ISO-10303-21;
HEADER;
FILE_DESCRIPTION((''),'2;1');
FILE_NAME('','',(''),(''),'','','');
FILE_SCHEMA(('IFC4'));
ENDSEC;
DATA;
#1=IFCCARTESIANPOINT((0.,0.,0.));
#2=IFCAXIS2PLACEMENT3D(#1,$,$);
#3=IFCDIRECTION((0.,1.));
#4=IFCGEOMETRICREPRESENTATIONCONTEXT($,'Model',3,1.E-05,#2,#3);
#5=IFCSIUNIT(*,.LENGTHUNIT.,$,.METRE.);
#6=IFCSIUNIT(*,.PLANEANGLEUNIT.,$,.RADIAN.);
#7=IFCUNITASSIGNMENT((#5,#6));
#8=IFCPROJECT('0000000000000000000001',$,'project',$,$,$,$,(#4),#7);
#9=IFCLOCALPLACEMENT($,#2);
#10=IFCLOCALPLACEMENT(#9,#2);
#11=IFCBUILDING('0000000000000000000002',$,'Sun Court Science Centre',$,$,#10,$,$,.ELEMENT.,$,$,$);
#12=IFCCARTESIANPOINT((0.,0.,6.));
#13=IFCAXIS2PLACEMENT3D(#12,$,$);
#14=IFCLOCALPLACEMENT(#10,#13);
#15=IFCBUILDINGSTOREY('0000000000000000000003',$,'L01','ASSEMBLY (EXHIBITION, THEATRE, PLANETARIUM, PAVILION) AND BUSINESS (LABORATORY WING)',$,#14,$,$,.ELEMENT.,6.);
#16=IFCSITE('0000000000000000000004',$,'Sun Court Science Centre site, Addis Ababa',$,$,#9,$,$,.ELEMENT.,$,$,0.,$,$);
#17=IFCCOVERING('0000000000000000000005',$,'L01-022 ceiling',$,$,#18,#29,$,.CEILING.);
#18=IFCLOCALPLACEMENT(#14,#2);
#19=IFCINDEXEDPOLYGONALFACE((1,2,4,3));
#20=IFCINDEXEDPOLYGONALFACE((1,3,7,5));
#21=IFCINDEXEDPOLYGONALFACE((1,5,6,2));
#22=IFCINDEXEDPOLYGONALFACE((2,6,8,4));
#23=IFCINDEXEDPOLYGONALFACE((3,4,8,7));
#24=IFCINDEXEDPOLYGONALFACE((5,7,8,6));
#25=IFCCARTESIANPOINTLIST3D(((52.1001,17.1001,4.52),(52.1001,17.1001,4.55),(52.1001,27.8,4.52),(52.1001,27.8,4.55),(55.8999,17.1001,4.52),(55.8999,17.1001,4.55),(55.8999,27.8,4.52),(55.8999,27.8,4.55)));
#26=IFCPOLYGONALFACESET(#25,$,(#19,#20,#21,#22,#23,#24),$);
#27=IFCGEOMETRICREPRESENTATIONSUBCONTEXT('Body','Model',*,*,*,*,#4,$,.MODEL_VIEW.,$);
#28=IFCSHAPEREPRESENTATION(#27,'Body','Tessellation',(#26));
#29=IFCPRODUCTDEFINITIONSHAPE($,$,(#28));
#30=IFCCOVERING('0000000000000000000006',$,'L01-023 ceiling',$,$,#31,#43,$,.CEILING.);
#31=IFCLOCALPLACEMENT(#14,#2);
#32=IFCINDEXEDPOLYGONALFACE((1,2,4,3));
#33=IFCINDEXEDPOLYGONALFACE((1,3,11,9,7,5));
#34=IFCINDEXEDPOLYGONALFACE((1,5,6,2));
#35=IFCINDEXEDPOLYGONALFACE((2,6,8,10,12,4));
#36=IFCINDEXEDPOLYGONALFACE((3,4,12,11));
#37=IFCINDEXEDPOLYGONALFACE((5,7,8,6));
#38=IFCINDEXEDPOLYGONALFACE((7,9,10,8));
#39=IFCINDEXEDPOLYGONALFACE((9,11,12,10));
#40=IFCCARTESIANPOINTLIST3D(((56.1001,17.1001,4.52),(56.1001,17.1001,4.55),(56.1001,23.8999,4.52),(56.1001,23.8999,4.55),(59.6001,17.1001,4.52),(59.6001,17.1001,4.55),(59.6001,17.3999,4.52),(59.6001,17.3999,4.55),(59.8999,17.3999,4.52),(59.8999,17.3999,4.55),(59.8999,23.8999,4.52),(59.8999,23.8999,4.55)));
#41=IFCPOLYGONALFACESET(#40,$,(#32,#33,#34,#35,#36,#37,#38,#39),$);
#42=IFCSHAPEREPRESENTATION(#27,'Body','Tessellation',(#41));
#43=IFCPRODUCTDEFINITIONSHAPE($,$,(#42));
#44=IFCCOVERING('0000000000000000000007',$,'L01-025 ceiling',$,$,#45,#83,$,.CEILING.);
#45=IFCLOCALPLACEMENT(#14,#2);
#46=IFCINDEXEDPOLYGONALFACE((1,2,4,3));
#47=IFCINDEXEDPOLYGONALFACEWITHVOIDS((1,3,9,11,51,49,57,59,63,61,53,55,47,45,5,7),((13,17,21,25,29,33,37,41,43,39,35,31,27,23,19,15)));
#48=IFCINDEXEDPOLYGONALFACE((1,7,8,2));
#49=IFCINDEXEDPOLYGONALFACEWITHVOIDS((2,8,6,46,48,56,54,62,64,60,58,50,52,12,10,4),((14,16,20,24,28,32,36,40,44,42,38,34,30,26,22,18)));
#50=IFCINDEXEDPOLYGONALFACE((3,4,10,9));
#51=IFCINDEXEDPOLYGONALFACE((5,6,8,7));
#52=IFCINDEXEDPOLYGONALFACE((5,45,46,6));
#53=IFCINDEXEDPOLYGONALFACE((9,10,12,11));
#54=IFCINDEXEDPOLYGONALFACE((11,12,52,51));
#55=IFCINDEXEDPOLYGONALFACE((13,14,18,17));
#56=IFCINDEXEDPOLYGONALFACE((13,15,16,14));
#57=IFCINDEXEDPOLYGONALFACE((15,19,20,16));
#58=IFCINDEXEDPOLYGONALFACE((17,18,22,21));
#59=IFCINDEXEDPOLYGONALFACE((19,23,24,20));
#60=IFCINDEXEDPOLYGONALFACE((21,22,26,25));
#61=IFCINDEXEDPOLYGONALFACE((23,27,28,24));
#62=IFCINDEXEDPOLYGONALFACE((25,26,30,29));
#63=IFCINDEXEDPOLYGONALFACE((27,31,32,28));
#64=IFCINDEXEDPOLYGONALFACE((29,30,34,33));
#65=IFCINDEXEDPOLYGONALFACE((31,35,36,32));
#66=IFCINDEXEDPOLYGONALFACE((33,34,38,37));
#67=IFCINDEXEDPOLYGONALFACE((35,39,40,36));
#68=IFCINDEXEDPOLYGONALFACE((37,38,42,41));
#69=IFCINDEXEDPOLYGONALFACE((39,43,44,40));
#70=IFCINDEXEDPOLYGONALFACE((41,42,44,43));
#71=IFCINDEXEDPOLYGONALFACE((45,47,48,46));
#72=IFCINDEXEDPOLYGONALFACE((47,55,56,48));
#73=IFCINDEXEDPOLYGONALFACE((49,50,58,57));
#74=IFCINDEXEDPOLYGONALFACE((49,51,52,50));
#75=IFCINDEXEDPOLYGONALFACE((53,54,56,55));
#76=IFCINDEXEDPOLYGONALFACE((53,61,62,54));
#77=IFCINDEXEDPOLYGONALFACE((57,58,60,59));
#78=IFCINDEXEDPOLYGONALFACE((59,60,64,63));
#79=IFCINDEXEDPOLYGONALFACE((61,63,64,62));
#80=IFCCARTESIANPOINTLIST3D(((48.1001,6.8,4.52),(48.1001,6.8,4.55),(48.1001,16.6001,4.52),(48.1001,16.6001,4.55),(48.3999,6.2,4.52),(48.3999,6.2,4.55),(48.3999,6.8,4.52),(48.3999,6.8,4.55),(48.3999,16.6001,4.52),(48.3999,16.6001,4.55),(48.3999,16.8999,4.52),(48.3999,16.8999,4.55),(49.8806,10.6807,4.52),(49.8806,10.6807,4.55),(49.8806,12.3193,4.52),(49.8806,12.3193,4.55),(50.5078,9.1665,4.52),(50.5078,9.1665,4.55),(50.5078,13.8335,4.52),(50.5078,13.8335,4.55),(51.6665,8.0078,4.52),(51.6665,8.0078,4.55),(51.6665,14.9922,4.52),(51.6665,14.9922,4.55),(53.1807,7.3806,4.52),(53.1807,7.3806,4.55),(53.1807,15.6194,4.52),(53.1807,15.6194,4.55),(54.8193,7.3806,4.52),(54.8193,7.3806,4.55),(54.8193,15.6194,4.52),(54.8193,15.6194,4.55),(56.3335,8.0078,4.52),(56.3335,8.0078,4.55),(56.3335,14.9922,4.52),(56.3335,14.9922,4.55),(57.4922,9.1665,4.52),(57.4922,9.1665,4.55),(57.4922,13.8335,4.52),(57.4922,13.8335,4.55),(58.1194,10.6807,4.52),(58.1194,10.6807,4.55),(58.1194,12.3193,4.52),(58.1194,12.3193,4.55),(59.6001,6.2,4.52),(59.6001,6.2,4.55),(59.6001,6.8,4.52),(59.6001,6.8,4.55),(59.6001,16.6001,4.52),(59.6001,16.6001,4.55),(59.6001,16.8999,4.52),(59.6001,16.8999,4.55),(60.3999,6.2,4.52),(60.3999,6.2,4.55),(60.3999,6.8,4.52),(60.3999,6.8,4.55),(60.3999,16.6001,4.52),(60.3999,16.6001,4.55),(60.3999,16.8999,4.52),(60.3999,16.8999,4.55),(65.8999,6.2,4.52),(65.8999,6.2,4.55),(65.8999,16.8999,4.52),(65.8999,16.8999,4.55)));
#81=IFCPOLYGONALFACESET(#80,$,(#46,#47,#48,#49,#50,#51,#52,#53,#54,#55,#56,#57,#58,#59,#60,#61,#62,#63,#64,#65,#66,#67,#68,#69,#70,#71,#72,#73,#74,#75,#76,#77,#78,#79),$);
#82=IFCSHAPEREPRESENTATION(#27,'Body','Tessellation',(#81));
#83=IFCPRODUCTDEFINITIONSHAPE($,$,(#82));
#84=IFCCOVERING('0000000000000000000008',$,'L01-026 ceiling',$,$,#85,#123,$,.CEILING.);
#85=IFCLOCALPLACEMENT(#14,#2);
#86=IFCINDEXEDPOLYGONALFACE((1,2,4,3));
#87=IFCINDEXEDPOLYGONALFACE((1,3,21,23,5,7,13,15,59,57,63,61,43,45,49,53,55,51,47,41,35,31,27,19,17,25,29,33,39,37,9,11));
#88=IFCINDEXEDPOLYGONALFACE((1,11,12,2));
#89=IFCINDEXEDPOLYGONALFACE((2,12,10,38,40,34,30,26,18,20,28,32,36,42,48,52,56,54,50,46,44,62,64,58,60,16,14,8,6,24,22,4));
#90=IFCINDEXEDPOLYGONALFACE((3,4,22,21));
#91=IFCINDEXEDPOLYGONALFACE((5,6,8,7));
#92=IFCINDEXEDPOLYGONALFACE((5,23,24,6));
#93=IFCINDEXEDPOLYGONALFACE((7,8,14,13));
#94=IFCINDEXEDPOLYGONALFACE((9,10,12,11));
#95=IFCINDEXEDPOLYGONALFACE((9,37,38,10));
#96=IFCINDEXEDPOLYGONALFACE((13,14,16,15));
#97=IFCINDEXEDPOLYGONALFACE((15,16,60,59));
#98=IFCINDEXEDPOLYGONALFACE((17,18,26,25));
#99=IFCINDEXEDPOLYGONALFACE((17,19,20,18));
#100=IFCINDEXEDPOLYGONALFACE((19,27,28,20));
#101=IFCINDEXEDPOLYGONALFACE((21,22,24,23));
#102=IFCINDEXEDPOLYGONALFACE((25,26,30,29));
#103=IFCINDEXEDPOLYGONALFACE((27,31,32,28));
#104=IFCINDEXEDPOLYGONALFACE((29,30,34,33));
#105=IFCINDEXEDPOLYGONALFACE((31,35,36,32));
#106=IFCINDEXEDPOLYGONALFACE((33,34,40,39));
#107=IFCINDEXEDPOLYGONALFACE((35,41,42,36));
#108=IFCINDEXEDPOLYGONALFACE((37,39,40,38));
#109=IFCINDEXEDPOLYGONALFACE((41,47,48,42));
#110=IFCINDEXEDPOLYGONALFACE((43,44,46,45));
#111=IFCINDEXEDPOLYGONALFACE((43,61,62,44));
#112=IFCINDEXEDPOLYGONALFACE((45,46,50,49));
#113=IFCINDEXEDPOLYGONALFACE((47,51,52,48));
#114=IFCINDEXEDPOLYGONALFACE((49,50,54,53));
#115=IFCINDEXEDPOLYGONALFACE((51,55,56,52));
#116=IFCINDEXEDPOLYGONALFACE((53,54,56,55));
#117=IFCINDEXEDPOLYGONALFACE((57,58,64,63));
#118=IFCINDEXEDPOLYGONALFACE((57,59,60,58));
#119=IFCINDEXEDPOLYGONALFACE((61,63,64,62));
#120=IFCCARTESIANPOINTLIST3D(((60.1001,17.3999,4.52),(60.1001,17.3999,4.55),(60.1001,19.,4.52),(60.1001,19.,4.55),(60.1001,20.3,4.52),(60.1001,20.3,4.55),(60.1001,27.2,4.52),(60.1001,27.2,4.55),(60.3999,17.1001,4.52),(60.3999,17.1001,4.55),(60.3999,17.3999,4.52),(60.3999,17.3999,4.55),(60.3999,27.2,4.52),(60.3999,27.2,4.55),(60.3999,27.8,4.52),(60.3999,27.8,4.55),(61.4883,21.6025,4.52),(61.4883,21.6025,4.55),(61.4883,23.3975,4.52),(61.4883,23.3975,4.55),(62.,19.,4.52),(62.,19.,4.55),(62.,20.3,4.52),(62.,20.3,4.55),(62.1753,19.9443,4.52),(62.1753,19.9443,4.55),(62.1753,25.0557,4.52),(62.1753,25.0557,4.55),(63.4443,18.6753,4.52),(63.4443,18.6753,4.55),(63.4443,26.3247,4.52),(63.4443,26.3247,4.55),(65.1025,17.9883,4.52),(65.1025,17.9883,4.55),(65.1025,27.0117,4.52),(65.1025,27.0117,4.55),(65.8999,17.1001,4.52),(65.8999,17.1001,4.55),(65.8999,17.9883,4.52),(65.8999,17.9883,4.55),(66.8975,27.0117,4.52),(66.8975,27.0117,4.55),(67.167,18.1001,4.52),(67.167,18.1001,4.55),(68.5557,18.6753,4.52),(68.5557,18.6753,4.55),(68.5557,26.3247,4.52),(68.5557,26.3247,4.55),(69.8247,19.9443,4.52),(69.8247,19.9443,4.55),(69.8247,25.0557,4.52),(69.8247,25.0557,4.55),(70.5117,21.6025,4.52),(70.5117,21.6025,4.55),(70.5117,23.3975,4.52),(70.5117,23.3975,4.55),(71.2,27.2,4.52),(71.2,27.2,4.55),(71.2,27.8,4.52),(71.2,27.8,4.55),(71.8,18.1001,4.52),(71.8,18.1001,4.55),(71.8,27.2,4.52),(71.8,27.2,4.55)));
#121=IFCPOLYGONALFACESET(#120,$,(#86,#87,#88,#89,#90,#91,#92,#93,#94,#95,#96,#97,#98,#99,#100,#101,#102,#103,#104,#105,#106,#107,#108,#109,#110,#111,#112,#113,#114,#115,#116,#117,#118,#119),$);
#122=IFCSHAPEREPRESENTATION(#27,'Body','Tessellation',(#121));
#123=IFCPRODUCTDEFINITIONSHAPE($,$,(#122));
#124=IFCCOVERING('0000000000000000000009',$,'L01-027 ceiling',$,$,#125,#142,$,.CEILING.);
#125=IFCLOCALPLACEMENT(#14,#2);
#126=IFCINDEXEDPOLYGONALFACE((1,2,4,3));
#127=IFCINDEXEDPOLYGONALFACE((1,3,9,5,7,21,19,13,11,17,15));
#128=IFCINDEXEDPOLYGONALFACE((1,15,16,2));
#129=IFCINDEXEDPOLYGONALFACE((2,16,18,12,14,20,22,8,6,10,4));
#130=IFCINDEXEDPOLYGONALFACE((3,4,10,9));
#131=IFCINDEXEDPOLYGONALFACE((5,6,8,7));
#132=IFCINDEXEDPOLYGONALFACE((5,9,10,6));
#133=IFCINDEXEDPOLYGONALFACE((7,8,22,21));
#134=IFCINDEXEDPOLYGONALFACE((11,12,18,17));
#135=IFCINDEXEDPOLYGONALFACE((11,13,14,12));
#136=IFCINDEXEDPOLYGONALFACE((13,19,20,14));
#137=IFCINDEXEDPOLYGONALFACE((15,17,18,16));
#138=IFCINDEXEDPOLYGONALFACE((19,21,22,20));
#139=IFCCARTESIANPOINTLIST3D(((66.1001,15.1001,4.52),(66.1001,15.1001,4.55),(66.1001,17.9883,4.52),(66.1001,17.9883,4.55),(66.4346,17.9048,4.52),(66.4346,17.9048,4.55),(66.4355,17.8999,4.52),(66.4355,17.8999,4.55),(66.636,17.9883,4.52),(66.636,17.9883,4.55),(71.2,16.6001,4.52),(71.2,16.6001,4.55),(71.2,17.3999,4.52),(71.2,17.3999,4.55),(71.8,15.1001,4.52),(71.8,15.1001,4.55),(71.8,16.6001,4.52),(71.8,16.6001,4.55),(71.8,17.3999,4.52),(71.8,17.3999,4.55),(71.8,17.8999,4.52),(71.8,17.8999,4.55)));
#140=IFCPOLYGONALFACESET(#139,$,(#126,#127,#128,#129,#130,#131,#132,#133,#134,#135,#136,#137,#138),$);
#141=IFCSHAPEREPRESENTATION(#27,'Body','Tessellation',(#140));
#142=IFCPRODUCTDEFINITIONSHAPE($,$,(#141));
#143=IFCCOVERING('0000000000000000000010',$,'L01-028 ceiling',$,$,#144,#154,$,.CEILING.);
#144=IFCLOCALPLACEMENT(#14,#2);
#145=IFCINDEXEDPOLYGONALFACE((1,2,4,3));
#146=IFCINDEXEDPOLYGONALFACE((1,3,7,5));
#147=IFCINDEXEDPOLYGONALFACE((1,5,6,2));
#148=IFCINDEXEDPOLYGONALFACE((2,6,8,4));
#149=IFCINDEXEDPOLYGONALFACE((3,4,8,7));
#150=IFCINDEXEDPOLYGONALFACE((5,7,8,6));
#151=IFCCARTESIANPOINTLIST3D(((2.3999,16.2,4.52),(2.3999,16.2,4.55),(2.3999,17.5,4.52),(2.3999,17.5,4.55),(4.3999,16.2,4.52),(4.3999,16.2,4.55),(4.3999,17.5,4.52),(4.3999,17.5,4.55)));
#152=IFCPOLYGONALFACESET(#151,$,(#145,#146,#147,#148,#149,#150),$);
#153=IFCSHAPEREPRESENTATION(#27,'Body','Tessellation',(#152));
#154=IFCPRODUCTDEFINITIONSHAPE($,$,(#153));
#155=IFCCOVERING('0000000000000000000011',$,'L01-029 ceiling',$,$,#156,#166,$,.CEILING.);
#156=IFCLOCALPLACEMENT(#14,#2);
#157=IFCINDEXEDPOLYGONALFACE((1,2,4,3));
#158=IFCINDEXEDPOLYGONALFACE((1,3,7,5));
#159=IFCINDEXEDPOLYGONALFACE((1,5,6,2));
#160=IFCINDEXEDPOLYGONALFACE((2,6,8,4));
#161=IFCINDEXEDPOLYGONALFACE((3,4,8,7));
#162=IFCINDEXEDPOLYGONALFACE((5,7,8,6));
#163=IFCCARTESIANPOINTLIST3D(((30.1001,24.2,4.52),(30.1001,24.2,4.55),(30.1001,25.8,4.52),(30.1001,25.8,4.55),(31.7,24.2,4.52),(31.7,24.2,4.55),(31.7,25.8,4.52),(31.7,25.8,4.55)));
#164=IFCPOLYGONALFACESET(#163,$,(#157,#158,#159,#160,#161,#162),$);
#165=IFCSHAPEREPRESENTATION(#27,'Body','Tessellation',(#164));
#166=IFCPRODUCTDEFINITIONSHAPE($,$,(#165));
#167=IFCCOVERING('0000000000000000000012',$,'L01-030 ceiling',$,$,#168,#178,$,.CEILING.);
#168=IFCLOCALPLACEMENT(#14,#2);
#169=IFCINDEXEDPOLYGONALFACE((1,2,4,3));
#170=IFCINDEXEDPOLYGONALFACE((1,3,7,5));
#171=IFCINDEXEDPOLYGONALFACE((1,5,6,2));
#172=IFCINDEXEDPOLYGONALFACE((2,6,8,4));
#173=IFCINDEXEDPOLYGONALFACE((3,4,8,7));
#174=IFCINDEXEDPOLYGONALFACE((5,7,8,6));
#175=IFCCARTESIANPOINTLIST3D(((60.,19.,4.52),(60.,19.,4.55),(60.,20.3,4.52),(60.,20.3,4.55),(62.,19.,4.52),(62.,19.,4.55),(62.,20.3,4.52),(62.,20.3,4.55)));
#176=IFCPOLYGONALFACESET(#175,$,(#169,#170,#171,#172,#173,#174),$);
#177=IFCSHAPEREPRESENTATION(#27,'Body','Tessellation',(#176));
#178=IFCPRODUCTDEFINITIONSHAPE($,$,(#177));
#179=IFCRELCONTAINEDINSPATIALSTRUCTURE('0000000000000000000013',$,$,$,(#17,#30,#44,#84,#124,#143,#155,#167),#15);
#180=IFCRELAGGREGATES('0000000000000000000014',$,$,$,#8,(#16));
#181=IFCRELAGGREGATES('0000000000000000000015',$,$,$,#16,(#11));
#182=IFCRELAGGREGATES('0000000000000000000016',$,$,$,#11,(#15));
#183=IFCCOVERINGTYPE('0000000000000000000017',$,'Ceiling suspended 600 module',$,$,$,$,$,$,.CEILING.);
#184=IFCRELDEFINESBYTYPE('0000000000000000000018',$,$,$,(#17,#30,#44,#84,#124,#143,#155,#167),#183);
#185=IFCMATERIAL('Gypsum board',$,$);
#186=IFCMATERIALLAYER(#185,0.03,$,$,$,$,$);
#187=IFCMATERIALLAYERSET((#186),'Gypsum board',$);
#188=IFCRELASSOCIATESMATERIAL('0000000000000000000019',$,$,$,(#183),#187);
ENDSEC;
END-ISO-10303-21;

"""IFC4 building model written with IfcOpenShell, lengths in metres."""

from ifc_helpers import new_model, si_unit, direction, frame, origin, place, context, subcontext, project, spatial, polyline, outline, extrude, material, layer, layer_set, type_object, element, save


model = new_model("IFC4")

# Units and contexts
model_context = context("Model", 3, precision=1e-05, world=origin(), true_north=direction((0.0, 1.0)))
body_context = subcontext(model_context, "Body", "Model", "MODEL_VIEW")
ifc_project = project(units=[si_unit("LENGTHUNIT", "METRE"), si_unit("PLANEANGLEUNIT", "RADIAN")], contexts=[model_context])

# Site, building, storey
site_placement = place(None, origin())
site = spatial("IfcSite", under=ifc_project, at=site_placement, Name="Sun Court Science Centre site, Addis Ababa", CompositionType="ELEMENT", RefElevation=0.0)
building_placement = place(site_placement, origin())
building = spatial("IfcBuilding", under=site, at=building_placement, Name="Sun Court Science Centre", CompositionType="ELEMENT")
storey_placement = place(building_placement, frame((0.0, 0.0, 6.0)))
storey = spatial("IfcBuildingStorey", under=building, at=storey_placement, Name="L01", Description="ASSEMBLY (EXHIBITION, THEATRE, PLANETARIUM, PAVILION) AND BUSINESS (LABORATORY WING)", CompositionType="ELEMENT", Elevation=6.0)

# Coverings
ifc_material_1 = material(Name="Gypsum board")
ifc_layer_1 = layer(ifc_material_1, 0.03)
ifc_layer_set_1 = layer_set([ifc_layer_1], Name="Gypsum board")
covering_type_1 = type_object("IfcCoveringType", Name="Ceiling suspended 600 module", PredefinedType="CEILING", material=ifc_layer_set_1)
covering_1_placement = place(storey_placement, frame((0.0, 0.0, 4.52)))
element("IfcCovering", 1, at=covering_1_placement, inside=storey, type_object=covering_type_1, Name="L01-022 ceiling", PredefinedType="CEILING", context=body_context, shape_type="SweptSolid", body=[
    extrude(outline(polyline([(55.8999, 27.8), (55.8999, 17.1001), (52.1001, 17.1001), (52.1001, 27.8), (55.8999, 27.8)])), origin(), (0.0, 0.0, 1.0), 0.03),
])
covering_2_placement = place(storey_placement, frame((0.0, 0.0, 4.52)))
element("IfcCovering", 2, at=covering_2_placement, inside=storey, type_object=covering_type_1, Name="L01-023 ceiling", PredefinedType="CEILING", context=body_context, shape_type="SweptSolid", body=[
    extrude(outline(polyline([(56.1001, 17.1001), (56.1001, 23.8999), (59.8999, 23.8999), (59.8999, 17.3999), (59.6001, 17.3999), (59.6001, 17.1001), (56.1001, 17.1001)])), origin(), (0.0, 0.0, 1.0), 0.03),
])
covering_3_placement = place(storey_placement, frame((0.0, 0.0, 4.52)))
element("IfcCovering", 3, at=covering_3_placement, inside=storey, type_object=covering_type_1, Name="L01-025 ceiling", PredefinedType="CEILING", context=body_context, shape_type="SweptSolid", body=[
    extrude(outline(polyline([(48.1001, 6.8), (48.1001, 16.6001), (48.3999, 16.6001), (48.3999, 16.8999), (59.6001, 16.8999), (59.6001, 16.6001), (60.3999, 16.6001), (60.3999, 16.8999), (65.8999, 16.8999), (65.8999, 6.2), (60.3999, 6.2), (60.3999, 6.8), (59.6001, 6.8), (59.6001, 6.2), (48.3999, 6.2), (48.3999, 6.8), (48.1001, 6.8)]), holes=[polyline([(57.4922, 13.8335), (56.3335, 14.9922), (54.8193, 15.6194), (53.1807, 15.6194), (51.6665, 14.9922), (50.5078, 13.8335), (49.8806, 12.3193), (49.8806, 10.6807), (50.5078, 9.1665), (51.6665, 8.0078), (53.1807, 7.3806), (54.8193, 7.3806), (56.3335, 8.0078), (57.4922, 9.1665), (58.1194, 10.6807), (58.1194, 12.3193), (57.4922, 13.8335)])]), origin(), (0.0, 0.0, 1.0), 0.03),
])
covering_4_placement = place(storey_placement, frame((0.0, 0.0, 4.52)))
element("IfcCovering", 4, at=covering_4_placement, inside=storey, type_object=covering_type_1, Name="L01-026 ceiling", PredefinedType="CEILING", context=body_context, shape_type="SweptSolid", body=[
    extrude(outline(polyline([(71.8, 18.1001), (67.167, 18.1001), (68.5557, 18.6753), (69.8247, 19.9443), (70.5117, 21.6025), (70.5117, 23.3975), (69.8247, 25.0557), (68.5557, 26.3247), (66.8975, 27.0117), (65.1025, 27.0117), (63.4443, 26.3247), (62.1753, 25.0557), (61.4883, 23.3975), (61.4883, 21.6025), (62.1753, 19.9443), (63.4443, 18.6753), (65.1025, 17.9883), (65.8999, 17.9883), (65.8999, 17.1001), (60.3999, 17.1001), (60.3999, 17.3999), (60.1001, 17.3999), (60.1001, 19.0), (62.0, 19.0), (62.0, 20.3), (60.1001, 20.3), (60.1001, 27.2), (60.3999, 27.2), (60.3999, 27.8), (71.2, 27.8), (71.2, 27.2), (71.8, 27.2), (71.8, 18.1001)])), origin(), (0.0, 0.0, 1.0), 0.03),
])
covering_5_placement = place(storey_placement, frame((0.0, 0.0, 4.52)))
element("IfcCovering", 5, at=covering_5_placement, inside=storey, type_object=covering_type_1, Name="L01-027 ceiling", PredefinedType="CEILING", context=body_context, shape_type="SweptSolid", body=[
    extrude(outline(polyline([(71.8, 15.1001), (66.1001, 15.1001), (66.1001, 17.9883), (66.636, 17.9883), (66.4346, 17.9048), (66.4355, 17.8999), (71.8, 17.8999), (71.8, 17.3999), (71.2, 17.3999), (71.2, 16.6001), (71.8, 16.6001), (71.8, 15.1001)])), origin(), (0.0, 0.0, 1.0), 0.03),
])
covering_6_placement = place(storey_placement, frame((0.0, 0.0, 4.52)))
element("IfcCovering", 6, at=covering_6_placement, inside=storey, type_object=covering_type_1, Name="L01-028 ceiling", PredefinedType="CEILING", context=body_context, shape_type="SweptSolid", body=[
    extrude(outline(polyline([(4.3999, 17.5), (4.3999, 16.2), (2.3999, 16.2), (2.3999, 17.5), (4.3999, 17.5)])), origin(), (0.0, 0.0, 1.0), 0.03),
])
covering_7_placement = place(storey_placement, frame((0.0, 0.0, 4.52)))
element("IfcCovering", 7, at=covering_7_placement, inside=storey, type_object=covering_type_1, Name="L01-029 ceiling", PredefinedType="CEILING", context=body_context, shape_type="SweptSolid", body=[
    extrude(outline(polyline([(31.7, 25.8), (31.7, 24.2), (30.1001, 24.2), (30.1001, 25.8), (31.7, 25.8)])), origin(), (0.0, 0.0, 1.0), 0.03),
])
covering_8_placement = place(storey_placement, frame((0.0, 0.0, 4.52)))
element("IfcCovering", 8, at=covering_8_placement, inside=storey, type_object=covering_type_1, Name="L01-030 ceiling", PredefinedType="CEILING", context=body_context, shape_type="SweptSolid", body=[
    extrude(outline(polyline([(62.0, 20.3), (62.0, 19.0), (60.0, 19.0), (60.0, 20.3), (62.0, 20.3)])), origin(), (0.0, 0.0, 1.0), 0.03),
])

save(model, "model.ifc")
